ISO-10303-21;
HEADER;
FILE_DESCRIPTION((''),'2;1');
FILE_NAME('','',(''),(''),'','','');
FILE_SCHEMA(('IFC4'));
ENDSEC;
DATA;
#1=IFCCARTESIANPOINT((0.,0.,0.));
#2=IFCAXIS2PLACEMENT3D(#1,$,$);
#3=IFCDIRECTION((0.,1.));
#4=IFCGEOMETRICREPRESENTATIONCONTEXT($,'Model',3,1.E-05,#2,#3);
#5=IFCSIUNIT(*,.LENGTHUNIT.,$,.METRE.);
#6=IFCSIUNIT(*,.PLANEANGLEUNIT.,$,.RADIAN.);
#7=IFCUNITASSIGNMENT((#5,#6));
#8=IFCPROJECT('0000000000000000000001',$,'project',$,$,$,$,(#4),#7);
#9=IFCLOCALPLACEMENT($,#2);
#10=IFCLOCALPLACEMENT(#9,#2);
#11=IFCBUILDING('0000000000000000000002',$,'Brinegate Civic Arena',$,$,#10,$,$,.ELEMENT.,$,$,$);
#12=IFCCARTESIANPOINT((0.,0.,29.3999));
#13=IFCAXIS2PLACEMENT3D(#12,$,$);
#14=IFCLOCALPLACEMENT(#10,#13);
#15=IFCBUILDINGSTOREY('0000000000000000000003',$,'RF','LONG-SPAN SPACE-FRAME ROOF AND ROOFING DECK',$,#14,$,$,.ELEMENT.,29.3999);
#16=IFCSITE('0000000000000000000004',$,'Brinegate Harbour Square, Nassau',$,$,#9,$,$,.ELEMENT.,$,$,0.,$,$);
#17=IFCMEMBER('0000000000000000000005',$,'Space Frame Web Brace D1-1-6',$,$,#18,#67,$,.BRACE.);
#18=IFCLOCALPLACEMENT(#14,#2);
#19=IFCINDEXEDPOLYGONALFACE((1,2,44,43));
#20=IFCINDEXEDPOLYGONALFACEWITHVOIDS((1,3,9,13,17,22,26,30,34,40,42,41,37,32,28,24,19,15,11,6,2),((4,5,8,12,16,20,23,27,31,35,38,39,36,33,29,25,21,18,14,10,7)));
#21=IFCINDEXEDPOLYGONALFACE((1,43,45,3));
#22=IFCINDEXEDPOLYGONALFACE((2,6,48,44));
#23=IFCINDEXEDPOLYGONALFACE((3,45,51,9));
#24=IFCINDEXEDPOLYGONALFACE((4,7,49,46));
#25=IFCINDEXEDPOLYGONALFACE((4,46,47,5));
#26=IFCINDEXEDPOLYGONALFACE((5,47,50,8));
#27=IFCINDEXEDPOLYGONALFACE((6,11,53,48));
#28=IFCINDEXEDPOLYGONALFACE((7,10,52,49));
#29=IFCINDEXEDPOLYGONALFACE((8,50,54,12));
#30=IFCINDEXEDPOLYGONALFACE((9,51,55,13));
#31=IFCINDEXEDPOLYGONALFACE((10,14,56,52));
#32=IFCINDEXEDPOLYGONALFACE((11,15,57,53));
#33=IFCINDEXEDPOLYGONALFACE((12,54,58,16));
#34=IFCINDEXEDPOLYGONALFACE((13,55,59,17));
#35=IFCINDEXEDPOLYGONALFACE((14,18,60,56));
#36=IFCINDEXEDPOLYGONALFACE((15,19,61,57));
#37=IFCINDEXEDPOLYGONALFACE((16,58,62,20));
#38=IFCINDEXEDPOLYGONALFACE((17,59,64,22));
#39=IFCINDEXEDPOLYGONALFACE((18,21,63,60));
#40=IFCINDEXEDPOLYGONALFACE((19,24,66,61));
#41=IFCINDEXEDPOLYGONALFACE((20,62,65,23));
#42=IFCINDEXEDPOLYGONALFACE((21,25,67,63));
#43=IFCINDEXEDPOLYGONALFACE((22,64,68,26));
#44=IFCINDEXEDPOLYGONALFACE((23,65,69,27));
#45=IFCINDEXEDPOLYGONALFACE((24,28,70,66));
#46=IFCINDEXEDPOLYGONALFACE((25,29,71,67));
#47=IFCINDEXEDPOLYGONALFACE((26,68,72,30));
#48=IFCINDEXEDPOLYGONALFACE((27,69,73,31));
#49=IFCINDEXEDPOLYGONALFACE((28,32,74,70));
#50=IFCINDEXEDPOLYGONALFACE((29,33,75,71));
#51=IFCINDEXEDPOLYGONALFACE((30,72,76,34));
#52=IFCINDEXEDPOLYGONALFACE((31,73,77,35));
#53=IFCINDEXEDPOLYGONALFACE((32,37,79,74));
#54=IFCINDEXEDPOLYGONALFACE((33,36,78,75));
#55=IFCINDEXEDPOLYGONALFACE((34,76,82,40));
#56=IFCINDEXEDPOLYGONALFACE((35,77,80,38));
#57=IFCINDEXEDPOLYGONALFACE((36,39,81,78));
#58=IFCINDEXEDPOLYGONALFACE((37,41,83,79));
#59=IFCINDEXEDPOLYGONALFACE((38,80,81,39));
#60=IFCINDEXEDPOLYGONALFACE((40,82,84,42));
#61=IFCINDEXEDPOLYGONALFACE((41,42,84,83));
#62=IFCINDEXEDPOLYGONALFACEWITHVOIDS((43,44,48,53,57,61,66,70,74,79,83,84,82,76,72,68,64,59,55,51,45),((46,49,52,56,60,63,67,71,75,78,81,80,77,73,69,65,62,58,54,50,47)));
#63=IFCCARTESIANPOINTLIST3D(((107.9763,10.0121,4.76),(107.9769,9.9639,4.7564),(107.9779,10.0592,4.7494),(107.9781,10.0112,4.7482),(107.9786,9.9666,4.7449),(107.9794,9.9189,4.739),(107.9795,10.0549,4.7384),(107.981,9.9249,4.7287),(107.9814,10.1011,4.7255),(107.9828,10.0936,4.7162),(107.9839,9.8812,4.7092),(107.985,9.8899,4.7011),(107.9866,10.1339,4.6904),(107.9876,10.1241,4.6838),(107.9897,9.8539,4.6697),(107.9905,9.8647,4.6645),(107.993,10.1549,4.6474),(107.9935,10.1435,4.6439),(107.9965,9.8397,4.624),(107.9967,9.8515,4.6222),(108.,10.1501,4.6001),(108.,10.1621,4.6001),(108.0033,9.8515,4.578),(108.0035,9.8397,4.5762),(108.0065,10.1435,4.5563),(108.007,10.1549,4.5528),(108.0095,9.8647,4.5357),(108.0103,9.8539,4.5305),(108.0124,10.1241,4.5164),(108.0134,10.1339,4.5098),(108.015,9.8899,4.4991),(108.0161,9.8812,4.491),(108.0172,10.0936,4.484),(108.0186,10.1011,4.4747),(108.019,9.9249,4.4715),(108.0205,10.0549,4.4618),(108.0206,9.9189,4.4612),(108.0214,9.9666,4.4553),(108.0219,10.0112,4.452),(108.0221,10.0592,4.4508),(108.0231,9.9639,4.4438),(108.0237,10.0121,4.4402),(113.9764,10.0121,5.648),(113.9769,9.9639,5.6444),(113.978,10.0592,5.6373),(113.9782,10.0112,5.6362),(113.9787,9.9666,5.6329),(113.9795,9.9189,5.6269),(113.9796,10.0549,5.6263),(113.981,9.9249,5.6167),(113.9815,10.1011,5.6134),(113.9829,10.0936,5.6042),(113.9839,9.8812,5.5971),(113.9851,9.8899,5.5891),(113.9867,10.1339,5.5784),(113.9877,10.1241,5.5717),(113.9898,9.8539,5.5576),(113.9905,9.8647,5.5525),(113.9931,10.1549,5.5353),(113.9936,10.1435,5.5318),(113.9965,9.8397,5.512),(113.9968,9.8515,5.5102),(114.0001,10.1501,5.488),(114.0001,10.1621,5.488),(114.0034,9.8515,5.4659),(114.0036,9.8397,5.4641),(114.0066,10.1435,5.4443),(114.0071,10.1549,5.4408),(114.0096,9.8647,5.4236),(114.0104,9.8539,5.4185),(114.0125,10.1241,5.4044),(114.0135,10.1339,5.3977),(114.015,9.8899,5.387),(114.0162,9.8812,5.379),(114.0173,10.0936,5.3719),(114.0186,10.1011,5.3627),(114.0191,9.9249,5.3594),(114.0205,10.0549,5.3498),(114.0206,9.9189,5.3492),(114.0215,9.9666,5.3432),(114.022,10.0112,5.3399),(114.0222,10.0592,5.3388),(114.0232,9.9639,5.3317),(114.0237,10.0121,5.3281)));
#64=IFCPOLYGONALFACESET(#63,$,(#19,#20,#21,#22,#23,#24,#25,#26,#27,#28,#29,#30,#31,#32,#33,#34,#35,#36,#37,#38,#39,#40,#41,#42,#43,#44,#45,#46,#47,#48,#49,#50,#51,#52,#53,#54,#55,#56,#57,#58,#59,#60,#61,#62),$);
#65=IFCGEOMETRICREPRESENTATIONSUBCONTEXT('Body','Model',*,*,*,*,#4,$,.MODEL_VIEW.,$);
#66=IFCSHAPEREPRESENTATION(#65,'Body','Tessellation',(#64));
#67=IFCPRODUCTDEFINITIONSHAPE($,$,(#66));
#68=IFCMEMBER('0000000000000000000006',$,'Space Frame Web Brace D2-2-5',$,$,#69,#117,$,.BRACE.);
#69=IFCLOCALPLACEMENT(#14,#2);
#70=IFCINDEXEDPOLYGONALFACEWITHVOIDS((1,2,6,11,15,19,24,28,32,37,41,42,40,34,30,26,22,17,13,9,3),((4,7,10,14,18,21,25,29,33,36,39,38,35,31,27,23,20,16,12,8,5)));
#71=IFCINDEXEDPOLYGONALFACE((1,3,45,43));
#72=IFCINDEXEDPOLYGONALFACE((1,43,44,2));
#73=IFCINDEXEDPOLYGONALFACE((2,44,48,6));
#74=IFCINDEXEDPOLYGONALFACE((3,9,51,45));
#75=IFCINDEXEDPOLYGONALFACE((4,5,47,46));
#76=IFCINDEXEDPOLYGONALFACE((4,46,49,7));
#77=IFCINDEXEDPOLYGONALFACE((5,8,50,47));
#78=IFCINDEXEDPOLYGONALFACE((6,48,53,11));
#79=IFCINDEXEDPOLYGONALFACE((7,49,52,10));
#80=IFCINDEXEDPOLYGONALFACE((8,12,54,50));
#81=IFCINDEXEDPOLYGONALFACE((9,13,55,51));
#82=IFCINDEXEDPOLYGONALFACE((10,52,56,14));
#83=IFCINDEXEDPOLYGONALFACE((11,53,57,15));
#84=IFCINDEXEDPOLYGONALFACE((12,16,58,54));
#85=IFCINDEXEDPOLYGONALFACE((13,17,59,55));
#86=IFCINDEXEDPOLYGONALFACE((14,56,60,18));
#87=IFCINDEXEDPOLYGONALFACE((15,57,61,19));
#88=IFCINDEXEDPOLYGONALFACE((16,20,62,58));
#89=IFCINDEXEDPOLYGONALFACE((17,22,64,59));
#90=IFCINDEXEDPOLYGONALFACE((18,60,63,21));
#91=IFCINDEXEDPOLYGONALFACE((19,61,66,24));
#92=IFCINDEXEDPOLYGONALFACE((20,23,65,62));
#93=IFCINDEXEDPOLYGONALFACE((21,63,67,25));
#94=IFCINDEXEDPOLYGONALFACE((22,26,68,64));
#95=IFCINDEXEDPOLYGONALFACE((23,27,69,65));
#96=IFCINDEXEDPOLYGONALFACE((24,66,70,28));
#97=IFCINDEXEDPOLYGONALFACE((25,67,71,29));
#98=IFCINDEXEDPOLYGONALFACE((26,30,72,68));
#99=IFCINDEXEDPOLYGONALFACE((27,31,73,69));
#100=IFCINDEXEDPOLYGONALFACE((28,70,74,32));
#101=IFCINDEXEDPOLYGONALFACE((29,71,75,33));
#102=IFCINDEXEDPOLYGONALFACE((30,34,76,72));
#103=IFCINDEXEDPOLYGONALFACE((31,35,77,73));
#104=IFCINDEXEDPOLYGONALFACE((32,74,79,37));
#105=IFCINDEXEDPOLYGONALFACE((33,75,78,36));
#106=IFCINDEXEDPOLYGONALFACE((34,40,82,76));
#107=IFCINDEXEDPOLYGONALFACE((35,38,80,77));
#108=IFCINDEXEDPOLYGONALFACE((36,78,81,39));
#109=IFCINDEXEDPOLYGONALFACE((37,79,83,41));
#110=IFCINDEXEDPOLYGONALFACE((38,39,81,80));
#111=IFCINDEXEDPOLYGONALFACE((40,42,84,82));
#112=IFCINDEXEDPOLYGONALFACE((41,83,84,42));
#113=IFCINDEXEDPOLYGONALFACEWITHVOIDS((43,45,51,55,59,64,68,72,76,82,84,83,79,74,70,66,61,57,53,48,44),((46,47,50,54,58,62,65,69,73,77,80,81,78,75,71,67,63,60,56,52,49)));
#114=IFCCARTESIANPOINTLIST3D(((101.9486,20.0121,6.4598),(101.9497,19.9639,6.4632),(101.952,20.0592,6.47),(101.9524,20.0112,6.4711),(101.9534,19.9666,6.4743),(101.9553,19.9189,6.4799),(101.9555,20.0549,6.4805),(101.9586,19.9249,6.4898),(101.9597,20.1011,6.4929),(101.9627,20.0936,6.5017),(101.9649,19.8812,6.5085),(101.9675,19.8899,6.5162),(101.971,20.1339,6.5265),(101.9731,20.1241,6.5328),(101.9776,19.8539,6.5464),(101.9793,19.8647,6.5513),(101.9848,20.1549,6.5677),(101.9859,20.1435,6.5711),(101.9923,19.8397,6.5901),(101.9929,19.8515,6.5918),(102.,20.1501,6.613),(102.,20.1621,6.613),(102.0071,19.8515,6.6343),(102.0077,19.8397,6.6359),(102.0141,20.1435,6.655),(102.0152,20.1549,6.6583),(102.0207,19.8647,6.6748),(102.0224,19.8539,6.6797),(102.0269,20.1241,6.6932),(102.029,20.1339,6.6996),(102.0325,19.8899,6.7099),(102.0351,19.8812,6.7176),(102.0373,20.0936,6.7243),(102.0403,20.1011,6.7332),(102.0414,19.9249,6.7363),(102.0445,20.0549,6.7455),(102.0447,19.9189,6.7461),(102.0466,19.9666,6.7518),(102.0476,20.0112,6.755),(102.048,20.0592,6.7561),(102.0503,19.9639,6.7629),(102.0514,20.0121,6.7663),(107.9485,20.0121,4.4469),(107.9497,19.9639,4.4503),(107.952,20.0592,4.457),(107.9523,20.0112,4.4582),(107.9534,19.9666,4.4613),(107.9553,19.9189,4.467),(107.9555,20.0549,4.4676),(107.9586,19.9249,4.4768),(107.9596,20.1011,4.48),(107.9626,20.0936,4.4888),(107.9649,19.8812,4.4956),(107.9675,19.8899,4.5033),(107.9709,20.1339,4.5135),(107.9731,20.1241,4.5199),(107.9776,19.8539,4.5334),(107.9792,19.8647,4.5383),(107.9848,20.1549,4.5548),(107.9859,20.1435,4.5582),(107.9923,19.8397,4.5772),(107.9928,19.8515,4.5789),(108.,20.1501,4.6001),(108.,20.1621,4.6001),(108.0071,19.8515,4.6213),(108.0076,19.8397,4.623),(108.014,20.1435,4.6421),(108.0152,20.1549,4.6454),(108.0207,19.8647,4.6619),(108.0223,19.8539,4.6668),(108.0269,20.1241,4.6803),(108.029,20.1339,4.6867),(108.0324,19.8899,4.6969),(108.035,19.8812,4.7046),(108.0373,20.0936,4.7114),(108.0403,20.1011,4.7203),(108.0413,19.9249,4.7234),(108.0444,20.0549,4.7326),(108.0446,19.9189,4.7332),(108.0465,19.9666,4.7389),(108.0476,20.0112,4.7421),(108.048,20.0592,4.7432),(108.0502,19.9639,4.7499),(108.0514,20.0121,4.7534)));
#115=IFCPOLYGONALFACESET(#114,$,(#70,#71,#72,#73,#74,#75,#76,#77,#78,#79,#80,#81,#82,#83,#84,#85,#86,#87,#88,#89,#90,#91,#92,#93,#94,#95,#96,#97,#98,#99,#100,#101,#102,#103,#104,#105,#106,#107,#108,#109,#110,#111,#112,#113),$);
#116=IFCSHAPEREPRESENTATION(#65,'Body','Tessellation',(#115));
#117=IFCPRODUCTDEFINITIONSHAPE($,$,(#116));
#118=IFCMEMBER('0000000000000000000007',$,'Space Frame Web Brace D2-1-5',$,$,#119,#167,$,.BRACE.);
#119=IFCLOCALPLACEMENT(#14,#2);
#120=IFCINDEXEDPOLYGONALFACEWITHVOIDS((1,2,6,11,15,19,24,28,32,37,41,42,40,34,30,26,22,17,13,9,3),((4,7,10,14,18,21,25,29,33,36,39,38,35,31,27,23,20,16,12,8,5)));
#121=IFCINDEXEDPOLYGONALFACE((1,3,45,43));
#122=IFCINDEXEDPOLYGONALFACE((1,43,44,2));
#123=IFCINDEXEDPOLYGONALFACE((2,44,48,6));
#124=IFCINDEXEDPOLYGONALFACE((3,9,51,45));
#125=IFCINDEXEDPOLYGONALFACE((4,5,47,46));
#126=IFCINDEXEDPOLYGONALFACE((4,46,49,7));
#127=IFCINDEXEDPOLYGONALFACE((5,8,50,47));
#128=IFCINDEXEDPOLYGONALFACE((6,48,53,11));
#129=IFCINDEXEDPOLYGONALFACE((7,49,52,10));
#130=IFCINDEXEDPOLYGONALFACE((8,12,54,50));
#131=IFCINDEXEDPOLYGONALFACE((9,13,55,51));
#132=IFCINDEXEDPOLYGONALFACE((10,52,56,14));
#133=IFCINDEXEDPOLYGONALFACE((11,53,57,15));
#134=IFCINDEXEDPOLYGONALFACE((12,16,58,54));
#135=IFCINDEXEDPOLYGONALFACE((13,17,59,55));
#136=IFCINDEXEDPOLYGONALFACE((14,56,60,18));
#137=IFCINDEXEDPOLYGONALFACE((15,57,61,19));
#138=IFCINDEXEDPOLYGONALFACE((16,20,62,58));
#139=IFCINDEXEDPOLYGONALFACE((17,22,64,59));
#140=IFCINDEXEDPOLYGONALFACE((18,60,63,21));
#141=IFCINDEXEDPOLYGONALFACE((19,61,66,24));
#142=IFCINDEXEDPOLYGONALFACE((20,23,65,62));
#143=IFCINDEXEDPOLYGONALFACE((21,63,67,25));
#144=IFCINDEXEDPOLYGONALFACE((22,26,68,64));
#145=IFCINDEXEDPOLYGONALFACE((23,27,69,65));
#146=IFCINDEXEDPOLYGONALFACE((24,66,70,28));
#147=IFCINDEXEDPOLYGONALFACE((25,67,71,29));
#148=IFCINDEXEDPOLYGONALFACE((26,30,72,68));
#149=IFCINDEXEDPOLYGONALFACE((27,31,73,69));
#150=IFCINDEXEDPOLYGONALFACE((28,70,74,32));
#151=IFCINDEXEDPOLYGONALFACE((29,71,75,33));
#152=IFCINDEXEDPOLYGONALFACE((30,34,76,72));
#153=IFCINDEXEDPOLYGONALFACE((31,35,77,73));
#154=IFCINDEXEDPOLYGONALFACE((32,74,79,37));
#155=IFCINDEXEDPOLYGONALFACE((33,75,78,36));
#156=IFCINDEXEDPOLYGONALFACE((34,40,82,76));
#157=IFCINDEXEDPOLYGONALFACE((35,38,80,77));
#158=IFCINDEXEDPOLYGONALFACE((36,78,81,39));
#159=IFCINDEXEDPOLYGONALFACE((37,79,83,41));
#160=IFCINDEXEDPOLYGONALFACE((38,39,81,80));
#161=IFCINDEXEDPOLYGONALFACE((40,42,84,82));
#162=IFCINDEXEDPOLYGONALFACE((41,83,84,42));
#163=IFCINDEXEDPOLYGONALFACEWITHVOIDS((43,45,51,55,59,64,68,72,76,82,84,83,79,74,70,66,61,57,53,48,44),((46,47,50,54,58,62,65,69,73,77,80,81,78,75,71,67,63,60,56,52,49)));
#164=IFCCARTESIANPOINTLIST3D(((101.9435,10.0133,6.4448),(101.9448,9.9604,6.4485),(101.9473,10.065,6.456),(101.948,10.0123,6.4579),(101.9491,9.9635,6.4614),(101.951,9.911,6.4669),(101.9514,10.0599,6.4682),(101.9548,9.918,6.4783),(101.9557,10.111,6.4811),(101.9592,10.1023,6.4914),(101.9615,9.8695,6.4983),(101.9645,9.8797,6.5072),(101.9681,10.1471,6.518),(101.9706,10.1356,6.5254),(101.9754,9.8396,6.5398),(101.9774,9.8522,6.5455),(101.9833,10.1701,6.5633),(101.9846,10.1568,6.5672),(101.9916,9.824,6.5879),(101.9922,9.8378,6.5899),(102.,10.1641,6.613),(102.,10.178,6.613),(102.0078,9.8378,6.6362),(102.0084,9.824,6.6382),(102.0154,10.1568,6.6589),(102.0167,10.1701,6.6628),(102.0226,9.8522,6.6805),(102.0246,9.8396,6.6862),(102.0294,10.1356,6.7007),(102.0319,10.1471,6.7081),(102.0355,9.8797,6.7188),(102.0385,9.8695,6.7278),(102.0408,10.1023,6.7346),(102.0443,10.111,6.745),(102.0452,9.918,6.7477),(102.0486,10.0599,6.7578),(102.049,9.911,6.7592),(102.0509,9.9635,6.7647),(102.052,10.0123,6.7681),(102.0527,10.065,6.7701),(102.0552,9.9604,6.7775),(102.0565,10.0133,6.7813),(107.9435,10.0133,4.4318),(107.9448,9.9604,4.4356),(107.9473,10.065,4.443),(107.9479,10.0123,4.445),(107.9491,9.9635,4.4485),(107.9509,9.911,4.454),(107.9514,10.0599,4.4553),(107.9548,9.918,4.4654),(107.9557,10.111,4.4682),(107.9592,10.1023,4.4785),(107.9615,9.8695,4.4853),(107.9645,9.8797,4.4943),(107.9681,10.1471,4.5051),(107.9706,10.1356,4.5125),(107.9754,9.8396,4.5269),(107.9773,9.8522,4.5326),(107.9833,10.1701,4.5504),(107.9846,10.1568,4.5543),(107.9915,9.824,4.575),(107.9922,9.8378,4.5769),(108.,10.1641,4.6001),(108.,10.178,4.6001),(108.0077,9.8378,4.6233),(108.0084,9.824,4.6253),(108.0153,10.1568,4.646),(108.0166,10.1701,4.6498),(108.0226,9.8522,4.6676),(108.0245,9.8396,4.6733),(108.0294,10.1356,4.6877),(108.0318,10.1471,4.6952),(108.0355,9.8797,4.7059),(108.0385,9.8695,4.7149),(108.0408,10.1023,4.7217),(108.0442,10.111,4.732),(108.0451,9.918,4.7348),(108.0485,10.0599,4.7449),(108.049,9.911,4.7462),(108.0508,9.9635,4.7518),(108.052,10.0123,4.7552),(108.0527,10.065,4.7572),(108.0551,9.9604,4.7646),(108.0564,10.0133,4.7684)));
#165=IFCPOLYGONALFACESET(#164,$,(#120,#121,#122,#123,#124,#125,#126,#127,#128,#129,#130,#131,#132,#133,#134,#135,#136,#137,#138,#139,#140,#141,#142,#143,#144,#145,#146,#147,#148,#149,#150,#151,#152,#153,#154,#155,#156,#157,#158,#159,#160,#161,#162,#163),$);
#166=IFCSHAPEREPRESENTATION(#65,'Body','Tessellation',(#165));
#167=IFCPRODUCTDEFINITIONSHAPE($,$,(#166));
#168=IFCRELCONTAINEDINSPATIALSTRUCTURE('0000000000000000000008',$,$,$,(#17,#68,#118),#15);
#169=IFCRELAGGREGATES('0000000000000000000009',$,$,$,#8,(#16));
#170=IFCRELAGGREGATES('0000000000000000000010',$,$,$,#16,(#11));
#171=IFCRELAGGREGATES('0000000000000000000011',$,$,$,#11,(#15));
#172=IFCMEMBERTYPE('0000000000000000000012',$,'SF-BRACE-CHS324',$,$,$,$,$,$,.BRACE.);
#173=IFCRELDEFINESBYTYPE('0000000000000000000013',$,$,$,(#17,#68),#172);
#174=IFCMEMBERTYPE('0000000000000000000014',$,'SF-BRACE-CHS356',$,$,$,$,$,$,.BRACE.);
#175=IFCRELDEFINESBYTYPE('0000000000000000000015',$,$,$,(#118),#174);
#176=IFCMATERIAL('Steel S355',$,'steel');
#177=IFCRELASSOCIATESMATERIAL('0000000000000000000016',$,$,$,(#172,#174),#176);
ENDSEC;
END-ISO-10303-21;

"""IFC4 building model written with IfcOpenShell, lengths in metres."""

from ifc_helpers import new_model, si_unit, direction, frame, origin, origin_2d, place, context, subcontext, project, spatial, hollow_circle, extrude, material, material_profile, profile_set, type_object, element, save


model = new_model("IFC4")

# Units and contexts
model_context = context("Model", 3, precision=1e-05, world=origin(), true_north=direction((0.0, 1.0)))
body_context = subcontext(model_context, "Body", "Model", "MODEL_VIEW")
ifc_project = project(units=[si_unit("LENGTHUNIT", "METRE"), si_unit("PLANEANGLEUNIT", "RADIAN")], contexts=[model_context])

# Site, building, storey
site_placement = place(None, origin())
site = spatial("IfcSite", under=ifc_project, at=site_placement, Name="Brinegate Harbour Square, Nassau", CompositionType="ELEMENT", RefElevation=0.0)
building_placement = place(site_placement, origin())
building = spatial("IfcBuilding", under=site, at=building_placement, Name="Brinegate Civic Arena", CompositionType="ELEMENT")
storey_placement = place(building_placement, frame((0.0, 0.0, 29.3999)))
storey = spatial("IfcBuildingStorey", under=building, at=storey_placement, Name="RF", Description="LONG-SPAN SPACE-FRAME ROOF AND ROOFING DECK", CompositionType="ELEMENT", Elevation=29.3999)

# Shared definitions
ifc_material_1 = material(Name="Steel S355", Category="steel")

# Members
ifc_material_profile_1 = material_profile(ifc_material_1, hollow_circle(Radius=0.1621, WallThickness=0.012, at=origin_2d()), Name="CHS324X12")
ifc_profile_set_1 = profile_set([ifc_material_profile_1], Name="Steel S355")
member_type_1 = type_object("IfcMemberType", Name="SF-BRACE-CHS324", PredefinedType="BRACE", material=ifc_profile_set_1)
member_1_placement = place(storey_placement, frame((108.0, 10.0, 4.6001), z_axis=(0.989226, 0.0, 0.146395), x_axis=(0.0, 1.0, 0.0)))
element("IfcMember", 1, at=member_1_placement, inside=storey, type_object=member_type_1, Name="Space Frame Web Brace D1-1-6", PredefinedType="BRACE", context=body_context, shape_type="SweptSolid", body=[
    extrude(hollow_circle(Radius=0.1621, WallThickness=0.012, at=origin_2d()), origin(), (0.0, 0.0, 1.0), 6.0654),
])
member_2_placement = place(storey_placement, frame((102.0, 20.0, 6.613), z_axis=(0.948068, 0.0, -0.318067), x_axis=(0.0, 1.0, 0.0)))
element("IfcMember", 2, at=member_2_placement, inside=storey, type_object=member_type_1, Name="Space Frame Web Brace D2-2-5", PredefinedType="BRACE", context=body_context, shape_type="SweptSolid", body=[
    extrude(hollow_circle(Radius=0.1621, WallThickness=0.012, at=origin_2d()), origin(), (0.0, 0.0, 1.0), 6.3286),
])
ifc_material_profile_2 = material_profile(ifc_material_1, hollow_circle(Radius=0.178, WallThickness=0.0139, at=origin_2d()), Name="CHS356X14")
ifc_profile_set_2 = profile_set([ifc_material_profile_2], Name="Steel S355")
member_type_2 = type_object("IfcMemberType", Name="SF-BRACE-CHS356", PredefinedType="BRACE", material=ifc_profile_set_2)
member_3_placement = place(storey_placement, frame((102.0, 10.0, 6.613), z_axis=(0.948068, 0.0, -0.318067), x_axis=(0.0, 1.0, 0.0)))
element("IfcMember", 3, at=member_3_placement, inside=storey, type_object=member_type_2, Name="Space Frame Web Brace D2-1-5", PredefinedType="BRACE", context=body_context, shape_type="SweptSolid", body=[
    extrude(hollow_circle(Radius=0.178, WallThickness=0.0139, at=origin_2d()), origin(), (0.0, 0.0, 1.0), 6.3286),
])

save(model, "model.ifc")
